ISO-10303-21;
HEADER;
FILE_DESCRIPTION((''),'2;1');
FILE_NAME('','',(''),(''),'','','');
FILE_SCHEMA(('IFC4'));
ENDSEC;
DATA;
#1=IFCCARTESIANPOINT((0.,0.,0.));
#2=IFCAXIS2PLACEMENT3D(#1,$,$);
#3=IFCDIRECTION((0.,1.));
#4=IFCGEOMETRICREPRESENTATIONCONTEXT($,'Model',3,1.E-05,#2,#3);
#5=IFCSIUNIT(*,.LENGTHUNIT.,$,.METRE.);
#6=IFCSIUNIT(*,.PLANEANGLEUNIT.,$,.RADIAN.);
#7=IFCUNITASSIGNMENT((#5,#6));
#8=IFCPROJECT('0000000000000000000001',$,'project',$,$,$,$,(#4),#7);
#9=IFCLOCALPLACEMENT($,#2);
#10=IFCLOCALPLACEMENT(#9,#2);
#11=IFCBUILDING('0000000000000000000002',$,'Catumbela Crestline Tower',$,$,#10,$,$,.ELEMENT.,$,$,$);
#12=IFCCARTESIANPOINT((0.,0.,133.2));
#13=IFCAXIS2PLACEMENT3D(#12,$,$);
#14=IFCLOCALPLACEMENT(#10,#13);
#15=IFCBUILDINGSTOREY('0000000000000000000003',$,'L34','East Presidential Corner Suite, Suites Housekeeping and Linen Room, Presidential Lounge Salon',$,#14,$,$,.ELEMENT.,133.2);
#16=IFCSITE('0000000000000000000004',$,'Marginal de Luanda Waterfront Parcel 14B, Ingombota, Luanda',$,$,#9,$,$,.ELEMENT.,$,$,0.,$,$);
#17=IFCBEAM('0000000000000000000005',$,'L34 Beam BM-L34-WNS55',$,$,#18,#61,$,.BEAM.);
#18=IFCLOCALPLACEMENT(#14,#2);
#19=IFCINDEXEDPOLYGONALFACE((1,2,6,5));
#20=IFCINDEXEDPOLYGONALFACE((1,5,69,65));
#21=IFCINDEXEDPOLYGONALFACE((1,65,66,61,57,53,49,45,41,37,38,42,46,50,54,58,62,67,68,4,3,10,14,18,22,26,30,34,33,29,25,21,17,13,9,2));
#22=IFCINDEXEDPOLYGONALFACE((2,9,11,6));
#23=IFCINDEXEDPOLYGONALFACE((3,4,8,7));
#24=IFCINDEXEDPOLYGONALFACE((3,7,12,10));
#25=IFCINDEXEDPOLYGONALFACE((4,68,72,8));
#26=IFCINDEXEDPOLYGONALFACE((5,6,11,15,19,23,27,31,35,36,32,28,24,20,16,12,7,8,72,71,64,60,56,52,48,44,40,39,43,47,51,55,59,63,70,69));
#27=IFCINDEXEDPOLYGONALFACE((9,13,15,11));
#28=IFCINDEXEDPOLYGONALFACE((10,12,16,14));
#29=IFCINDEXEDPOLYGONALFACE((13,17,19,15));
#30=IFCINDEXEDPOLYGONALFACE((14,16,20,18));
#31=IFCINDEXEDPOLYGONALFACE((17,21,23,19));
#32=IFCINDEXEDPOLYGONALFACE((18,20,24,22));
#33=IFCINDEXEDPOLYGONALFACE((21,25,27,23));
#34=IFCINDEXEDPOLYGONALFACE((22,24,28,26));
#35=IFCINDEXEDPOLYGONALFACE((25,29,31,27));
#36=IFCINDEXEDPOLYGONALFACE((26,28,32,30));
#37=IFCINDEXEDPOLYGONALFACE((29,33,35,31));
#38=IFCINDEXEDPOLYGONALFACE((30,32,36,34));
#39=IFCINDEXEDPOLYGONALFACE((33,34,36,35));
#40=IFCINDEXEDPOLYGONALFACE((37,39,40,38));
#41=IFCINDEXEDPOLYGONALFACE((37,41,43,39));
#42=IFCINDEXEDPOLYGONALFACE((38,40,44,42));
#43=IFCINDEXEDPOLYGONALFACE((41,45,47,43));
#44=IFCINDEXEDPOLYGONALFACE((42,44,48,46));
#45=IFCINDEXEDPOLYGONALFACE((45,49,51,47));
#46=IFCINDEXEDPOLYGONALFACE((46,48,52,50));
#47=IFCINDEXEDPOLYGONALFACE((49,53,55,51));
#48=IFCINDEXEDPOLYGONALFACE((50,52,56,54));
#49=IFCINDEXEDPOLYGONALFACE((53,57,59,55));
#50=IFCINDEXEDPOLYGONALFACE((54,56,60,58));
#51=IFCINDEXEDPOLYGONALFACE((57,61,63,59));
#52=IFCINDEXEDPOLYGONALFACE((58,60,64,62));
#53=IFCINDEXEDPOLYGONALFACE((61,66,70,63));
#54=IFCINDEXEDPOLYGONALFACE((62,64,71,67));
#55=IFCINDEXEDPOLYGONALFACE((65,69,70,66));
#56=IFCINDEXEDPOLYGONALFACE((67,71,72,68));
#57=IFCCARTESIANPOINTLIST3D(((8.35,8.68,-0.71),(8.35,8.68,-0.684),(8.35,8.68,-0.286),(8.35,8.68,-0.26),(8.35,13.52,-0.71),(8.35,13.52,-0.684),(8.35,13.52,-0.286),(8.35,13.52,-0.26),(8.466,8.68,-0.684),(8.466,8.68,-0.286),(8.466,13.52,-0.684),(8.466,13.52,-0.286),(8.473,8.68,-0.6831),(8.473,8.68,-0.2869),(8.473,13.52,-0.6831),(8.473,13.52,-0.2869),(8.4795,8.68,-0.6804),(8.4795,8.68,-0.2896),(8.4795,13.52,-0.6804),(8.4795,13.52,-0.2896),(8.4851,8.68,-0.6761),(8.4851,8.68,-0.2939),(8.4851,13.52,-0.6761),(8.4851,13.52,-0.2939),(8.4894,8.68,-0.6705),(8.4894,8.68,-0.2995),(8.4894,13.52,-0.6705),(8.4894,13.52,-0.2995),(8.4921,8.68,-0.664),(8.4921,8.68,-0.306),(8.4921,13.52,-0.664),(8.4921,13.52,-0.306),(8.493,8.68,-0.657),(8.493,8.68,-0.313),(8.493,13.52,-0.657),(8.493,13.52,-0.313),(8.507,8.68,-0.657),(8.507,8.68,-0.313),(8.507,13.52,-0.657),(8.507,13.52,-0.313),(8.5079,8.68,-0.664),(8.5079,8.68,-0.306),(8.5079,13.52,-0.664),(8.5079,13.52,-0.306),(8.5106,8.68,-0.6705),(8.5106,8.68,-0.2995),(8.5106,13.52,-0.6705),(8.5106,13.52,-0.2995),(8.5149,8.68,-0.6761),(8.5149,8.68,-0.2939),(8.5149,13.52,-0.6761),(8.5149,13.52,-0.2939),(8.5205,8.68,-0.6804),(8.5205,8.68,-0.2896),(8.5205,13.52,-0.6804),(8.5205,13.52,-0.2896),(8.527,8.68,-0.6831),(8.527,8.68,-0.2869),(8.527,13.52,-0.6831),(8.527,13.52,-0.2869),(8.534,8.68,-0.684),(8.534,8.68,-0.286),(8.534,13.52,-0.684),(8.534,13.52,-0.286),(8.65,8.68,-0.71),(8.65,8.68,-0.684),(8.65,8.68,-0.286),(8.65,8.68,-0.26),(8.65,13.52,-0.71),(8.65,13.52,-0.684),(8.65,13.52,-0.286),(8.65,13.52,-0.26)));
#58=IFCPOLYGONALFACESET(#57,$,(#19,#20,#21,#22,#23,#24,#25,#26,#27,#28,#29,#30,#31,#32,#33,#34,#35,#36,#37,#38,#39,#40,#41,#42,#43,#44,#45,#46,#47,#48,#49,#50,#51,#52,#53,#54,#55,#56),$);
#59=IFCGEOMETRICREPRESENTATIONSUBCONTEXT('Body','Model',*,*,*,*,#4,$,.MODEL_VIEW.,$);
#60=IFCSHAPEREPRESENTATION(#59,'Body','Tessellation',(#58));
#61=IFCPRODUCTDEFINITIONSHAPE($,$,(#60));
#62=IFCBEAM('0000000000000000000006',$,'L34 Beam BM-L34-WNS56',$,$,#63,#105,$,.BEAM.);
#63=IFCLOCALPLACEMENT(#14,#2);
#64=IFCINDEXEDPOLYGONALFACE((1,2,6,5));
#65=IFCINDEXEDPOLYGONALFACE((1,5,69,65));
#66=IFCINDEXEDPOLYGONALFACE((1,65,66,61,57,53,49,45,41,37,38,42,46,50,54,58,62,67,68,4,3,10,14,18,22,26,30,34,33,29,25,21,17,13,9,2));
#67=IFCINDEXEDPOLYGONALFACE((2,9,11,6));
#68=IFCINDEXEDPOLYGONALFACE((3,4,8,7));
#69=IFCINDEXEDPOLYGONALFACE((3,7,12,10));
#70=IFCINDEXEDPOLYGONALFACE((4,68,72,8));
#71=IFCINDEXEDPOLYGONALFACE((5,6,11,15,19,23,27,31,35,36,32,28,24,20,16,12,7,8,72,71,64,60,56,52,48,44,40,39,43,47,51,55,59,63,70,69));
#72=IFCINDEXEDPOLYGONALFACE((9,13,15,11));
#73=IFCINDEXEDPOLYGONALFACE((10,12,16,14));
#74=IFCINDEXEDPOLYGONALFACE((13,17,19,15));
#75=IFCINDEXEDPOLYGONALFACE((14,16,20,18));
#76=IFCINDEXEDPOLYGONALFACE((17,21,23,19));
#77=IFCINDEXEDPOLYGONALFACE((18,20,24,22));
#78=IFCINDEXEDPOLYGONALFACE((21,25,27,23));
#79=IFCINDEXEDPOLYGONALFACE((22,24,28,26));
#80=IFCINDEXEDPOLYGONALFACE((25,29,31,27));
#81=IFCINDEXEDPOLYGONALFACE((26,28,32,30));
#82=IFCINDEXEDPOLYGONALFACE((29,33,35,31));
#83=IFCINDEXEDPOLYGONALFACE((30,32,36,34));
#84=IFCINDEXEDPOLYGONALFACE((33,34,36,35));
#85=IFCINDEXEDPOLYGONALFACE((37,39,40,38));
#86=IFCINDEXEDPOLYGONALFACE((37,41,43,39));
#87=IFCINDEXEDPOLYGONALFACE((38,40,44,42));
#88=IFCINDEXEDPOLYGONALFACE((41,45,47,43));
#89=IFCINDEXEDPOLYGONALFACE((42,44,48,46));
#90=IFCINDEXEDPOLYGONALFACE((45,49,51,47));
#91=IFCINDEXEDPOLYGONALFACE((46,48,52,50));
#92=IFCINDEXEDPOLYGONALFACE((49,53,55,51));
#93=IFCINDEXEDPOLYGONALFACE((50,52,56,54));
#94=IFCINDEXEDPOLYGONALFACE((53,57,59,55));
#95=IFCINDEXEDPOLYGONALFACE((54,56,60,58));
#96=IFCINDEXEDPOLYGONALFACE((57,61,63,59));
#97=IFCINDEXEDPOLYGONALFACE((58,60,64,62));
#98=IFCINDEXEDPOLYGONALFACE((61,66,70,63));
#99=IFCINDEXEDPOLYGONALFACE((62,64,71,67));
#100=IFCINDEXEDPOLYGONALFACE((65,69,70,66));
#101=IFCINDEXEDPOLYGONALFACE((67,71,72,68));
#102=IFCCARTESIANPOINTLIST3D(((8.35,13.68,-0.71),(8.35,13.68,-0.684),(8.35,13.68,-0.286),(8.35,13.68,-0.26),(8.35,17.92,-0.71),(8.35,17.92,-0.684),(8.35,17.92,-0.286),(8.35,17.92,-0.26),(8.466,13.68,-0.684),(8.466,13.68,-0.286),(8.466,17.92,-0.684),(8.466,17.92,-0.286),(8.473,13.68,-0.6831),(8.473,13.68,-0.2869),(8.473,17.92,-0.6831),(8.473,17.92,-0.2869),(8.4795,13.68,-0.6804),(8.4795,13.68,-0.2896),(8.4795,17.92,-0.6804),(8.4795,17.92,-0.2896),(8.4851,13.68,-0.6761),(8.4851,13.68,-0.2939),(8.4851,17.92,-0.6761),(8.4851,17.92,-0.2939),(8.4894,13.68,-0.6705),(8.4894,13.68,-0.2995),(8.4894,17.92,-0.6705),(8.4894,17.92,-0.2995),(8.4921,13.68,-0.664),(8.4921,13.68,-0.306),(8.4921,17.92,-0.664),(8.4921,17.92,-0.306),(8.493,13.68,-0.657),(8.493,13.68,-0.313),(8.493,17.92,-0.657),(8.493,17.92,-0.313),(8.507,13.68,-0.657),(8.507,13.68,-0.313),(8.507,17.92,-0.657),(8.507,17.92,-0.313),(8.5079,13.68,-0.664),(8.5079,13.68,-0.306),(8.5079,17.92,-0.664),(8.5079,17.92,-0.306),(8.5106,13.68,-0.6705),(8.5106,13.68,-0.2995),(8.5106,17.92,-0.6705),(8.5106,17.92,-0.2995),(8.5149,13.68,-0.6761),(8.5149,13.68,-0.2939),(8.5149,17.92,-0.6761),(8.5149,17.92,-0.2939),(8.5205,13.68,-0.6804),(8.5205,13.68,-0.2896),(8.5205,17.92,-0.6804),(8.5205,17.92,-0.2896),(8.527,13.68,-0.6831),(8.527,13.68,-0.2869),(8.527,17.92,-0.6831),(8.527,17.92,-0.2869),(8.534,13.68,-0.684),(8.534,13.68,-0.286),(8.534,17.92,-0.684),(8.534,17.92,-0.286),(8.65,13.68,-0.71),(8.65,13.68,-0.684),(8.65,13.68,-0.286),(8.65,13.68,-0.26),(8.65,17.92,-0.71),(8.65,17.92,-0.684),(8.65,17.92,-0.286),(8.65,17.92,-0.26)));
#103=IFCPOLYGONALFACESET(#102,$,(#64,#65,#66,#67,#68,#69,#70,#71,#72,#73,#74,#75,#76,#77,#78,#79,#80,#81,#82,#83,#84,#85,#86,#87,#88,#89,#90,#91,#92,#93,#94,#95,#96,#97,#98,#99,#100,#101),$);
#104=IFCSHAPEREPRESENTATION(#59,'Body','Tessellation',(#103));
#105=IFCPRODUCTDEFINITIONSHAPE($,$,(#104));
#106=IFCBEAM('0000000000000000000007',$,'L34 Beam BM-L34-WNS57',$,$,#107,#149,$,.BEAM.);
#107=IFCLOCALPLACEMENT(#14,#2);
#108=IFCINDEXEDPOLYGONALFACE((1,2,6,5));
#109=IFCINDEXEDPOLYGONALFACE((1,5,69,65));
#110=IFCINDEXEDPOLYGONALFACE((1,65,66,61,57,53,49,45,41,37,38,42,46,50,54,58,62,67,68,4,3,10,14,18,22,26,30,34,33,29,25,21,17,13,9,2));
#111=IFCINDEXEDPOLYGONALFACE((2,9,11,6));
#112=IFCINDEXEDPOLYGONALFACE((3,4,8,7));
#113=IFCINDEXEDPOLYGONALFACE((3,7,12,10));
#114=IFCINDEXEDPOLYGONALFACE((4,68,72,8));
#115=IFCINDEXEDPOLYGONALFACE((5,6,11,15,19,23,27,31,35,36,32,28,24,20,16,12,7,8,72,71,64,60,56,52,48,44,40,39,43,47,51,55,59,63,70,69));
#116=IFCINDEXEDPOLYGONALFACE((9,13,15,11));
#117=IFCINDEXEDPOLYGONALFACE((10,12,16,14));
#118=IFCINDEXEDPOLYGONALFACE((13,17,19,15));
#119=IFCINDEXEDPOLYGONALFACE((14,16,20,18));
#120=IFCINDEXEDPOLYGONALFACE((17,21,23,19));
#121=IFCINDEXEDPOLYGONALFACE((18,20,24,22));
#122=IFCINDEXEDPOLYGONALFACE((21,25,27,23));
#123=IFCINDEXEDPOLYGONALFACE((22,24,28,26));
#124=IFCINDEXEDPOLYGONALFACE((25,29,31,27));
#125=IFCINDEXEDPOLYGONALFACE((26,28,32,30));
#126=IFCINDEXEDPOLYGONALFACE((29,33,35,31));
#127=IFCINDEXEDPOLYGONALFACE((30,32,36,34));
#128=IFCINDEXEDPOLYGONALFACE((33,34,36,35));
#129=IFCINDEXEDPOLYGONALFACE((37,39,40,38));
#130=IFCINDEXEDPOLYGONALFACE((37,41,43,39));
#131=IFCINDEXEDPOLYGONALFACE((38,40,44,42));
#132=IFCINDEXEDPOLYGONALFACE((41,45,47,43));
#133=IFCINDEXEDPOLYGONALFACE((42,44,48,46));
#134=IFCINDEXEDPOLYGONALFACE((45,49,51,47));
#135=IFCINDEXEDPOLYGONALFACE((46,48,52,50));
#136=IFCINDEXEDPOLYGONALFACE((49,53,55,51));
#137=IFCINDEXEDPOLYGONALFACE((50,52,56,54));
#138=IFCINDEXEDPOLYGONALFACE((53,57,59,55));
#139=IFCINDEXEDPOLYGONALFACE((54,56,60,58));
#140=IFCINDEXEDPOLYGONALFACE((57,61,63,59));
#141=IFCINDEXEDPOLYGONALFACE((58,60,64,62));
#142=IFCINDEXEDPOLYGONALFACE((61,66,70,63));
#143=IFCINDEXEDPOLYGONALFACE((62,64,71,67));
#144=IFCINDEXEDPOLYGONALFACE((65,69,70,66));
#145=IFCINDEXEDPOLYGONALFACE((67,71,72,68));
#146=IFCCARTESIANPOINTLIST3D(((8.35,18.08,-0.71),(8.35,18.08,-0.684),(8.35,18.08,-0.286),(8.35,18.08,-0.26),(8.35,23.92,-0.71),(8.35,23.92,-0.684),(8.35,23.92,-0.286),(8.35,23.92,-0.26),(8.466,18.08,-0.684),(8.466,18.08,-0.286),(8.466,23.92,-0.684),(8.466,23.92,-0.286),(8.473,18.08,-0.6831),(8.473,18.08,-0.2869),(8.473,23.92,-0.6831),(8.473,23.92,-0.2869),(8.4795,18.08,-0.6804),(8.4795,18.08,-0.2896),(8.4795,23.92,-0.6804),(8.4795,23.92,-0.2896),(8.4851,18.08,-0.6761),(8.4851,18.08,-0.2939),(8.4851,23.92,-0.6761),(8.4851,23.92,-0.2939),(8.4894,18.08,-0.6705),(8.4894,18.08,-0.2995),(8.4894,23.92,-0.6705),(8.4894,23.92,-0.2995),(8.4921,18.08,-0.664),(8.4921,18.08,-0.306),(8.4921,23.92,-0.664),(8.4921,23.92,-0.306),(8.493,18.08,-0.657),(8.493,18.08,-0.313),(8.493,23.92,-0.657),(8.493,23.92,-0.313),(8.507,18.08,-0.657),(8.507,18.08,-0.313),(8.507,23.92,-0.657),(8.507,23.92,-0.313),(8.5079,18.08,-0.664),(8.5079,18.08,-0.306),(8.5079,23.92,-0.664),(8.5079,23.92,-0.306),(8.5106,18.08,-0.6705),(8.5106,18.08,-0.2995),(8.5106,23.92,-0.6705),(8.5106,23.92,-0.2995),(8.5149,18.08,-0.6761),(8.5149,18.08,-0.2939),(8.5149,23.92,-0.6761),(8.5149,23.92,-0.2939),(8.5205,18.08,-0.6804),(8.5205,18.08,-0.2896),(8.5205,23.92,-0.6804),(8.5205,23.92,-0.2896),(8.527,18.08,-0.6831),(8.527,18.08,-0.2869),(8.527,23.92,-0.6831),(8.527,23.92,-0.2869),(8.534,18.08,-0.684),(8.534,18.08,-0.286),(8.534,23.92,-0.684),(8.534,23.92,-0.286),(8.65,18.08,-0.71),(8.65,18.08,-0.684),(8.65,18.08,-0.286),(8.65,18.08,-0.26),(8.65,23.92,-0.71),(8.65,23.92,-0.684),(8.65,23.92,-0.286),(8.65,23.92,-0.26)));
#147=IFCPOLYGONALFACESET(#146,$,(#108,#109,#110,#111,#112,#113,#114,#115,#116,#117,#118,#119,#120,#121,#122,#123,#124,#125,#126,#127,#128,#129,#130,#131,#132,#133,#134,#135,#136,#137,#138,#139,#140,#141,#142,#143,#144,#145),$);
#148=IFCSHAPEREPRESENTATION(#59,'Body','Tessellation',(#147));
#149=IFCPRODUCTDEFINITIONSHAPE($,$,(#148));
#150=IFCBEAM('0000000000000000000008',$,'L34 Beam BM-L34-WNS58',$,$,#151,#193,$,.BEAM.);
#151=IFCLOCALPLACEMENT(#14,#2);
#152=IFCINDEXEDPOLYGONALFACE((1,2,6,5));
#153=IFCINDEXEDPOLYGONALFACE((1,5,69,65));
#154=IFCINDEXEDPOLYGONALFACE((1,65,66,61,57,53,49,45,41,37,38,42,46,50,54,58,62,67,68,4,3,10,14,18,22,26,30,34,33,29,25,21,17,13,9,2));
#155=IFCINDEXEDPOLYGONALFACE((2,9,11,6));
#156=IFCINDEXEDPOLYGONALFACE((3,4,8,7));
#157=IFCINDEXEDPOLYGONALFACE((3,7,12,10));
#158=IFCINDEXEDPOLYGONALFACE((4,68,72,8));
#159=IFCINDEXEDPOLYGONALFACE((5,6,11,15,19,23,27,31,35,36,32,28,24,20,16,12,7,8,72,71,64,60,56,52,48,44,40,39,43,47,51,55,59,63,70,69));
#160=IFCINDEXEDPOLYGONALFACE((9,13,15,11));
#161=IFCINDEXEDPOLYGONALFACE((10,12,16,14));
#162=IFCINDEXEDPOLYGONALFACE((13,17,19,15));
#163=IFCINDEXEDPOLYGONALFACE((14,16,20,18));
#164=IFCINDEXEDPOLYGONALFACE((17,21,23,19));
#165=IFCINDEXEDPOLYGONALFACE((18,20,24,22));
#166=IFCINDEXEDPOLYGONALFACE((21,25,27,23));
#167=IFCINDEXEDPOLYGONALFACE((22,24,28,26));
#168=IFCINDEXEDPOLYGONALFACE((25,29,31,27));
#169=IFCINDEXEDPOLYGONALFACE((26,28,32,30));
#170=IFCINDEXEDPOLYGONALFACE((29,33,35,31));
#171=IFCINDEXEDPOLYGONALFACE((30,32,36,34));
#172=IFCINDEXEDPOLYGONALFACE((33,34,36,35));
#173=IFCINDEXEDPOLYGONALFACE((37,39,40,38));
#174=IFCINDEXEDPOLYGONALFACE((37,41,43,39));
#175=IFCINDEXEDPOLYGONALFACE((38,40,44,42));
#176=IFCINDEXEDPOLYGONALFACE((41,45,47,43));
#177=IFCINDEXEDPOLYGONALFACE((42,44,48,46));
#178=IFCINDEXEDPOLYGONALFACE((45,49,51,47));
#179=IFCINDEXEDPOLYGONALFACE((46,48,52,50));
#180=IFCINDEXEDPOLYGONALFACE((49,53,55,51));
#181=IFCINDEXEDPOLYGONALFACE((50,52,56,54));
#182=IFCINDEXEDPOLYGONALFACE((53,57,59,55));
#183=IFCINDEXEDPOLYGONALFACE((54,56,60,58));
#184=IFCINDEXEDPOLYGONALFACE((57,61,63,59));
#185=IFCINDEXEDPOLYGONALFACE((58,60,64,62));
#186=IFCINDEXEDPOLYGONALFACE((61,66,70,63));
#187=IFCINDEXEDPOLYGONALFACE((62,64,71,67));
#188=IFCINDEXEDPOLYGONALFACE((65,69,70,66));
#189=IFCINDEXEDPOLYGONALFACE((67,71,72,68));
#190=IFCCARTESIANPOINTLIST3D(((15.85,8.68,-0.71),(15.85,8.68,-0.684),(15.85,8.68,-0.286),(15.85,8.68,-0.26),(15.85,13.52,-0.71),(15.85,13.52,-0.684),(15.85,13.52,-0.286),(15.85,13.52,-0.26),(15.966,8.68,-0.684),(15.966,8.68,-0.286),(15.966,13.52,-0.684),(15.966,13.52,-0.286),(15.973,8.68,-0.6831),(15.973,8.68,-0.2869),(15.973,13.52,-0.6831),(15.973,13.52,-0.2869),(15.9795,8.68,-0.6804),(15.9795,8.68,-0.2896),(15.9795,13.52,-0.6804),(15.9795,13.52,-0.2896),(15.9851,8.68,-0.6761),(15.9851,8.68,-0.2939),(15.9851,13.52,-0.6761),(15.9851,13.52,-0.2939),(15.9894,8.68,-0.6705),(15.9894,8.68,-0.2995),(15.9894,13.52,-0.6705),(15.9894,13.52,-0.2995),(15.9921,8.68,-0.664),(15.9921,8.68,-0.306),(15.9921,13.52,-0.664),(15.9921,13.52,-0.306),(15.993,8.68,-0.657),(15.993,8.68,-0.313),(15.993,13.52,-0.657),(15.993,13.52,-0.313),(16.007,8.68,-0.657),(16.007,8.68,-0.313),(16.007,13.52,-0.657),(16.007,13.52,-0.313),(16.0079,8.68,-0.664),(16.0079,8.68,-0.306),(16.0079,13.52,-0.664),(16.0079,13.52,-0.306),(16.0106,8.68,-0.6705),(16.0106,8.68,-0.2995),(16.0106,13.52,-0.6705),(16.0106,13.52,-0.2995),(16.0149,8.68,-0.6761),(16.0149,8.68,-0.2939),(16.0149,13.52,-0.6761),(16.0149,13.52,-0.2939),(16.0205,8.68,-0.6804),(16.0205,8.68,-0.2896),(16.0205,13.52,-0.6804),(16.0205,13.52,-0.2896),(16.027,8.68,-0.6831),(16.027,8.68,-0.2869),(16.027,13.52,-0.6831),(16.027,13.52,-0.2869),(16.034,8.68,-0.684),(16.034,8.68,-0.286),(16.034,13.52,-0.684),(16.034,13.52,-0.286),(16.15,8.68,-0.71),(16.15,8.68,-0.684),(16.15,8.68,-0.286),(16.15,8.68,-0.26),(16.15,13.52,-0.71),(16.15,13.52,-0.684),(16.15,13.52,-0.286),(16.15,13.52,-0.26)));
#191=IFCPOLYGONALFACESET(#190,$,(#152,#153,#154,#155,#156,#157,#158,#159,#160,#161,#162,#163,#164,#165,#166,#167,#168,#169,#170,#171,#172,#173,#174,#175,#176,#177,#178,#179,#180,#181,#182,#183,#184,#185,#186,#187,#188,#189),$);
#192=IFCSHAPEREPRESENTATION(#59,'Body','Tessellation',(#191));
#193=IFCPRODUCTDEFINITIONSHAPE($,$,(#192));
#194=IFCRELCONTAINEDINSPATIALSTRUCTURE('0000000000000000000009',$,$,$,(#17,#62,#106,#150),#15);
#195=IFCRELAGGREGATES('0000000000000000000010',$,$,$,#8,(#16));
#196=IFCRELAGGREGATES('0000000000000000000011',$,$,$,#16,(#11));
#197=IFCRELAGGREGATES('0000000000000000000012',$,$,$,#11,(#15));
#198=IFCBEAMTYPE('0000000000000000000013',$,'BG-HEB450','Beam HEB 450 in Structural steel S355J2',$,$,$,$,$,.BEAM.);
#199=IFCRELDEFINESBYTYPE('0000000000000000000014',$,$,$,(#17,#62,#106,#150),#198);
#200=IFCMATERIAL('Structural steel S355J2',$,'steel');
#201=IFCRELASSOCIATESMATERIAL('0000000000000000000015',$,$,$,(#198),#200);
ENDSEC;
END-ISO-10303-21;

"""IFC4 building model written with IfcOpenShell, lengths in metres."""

from ifc_helpers import new_model, si_unit, direction, frame, origin, origin_2d, place, context, subcontext, project, spatial, i_section, extrude, material, material_profile, profile_set, type_object, element, save


model = new_model("IFC4")

# Units and contexts
model_context = context("Model", 3, precision=1e-05, world=origin(), true_north=direction((0.0, 1.0)))
body_context = subcontext(model_context, "Body", "Model", "MODEL_VIEW")
ifc_project = project(units=[si_unit("LENGTHUNIT", "METRE"), si_unit("PLANEANGLEUNIT", "RADIAN")], contexts=[model_context])

# Site, building, storey
site_placement = place(None, origin())
site = spatial("IfcSite", under=ifc_project, at=site_placement, Name="Marginal de Luanda Waterfront Parcel 14B, Ingombota, Luanda", CompositionType="ELEMENT", RefElevation=0.0)
building_placement = place(site_placement, origin())
building = spatial("IfcBuilding", under=site, at=building_placement, Name="Catumbela Crestline Tower", CompositionType="ELEMENT")
storey_placement = place(building_placement, frame((0.0, 0.0, 133.2)))
storey = spatial("IfcBuildingStorey", under=building, at=storey_placement, Name="L34", Description="East Presidential Corner Suite, Suites Housekeeping and Linen Room, Presidential Lounge Salon", CompositionType="ELEMENT", Elevation=133.2)

# Beams
ifc_material_1 = material(Name="Structural steel S355J2", Category="steel")
ifc_material_profile_1 = material_profile(ifc_material_1, i_section(OverallWidth=0.3, OverallDepth=0.45, WebThickness=0.014, FlangeThickness=0.026, FilletRadius=0.027, at=origin_2d()), Name="HEB 450")
ifc_profile_set_1 = profile_set([ifc_material_profile_1], Name="Structural steel S355J2")
beam_type_1 = type_object("IfcBeamType", Name="BG-HEB450", Description="Beam HEB 450 in Structural steel S355J2", PredefinedType="BEAM", material=ifc_profile_set_1)
beam_1_placement = place(storey_placement, frame((8.5, 8.68, -0.485), z_axis=(0.0, 1.0, 0.0), x_axis=(-1.0, 0.0, 0.0)))
element("IfcBeam", 1, at=beam_1_placement, inside=storey, type_object=beam_type_1, Name="L34 Beam BM-L34-WNS55", PredefinedType="BEAM", context=body_context, shape_type="SweptSolid", body=[
    extrude(i_section(OverallWidth=0.3, OverallDepth=0.45, WebThickness=0.014, FlangeThickness=0.026, FilletRadius=0.027, at=origin_2d()), origin(), (0.0, 0.0, 1.0), 4.84),
])
beam_2_placement = place(storey_placement, frame((8.5, 13.68, -0.485), z_axis=(0.0, 1.0, 0.0), x_axis=(-1.0, 0.0, 0.0)))
element("IfcBeam", 2, at=beam_2_placement, inside=storey, type_object=beam_type_1, Name="L34 Beam BM-L34-WNS56", PredefinedType="BEAM", context=body_context, shape_type="SweptSolid", body=[
    extrude(i_section(OverallWidth=0.3, OverallDepth=0.45, WebThickness=0.014, FlangeThickness=0.026, FilletRadius=0.027, at=origin_2d()), origin(), (0.0, 0.0, 1.0), 4.24),
])
beam_3_placement = place(storey_placement, frame((8.5, 18.08, -0.485), z_axis=(0.0, 1.0, 0.0), x_axis=(-1.0, 0.0, 0.0)))
element("IfcBeam", 3, at=beam_3_placement, inside=storey, type_object=beam_type_1, Name="L34 Beam BM-L34-WNS57", PredefinedType="BEAM", context=body_context, shape_type="SweptSolid", body=[
    extrude(i_section(OverallWidth=0.3, OverallDepth=0.45, WebThickness=0.014, FlangeThickness=0.026, FilletRadius=0.027, at=origin_2d()), origin(), (0.0, 0.0, 1.0), 5.84),
])
beam_4_placement = place(storey_placement, frame((16.0, 8.68, -0.485), z_axis=(0.0, 1.0, 0.0), x_axis=(-1.0, 0.0, 0.0)))
element("IfcBeam", 4, at=beam_4_placement, inside=storey, type_object=beam_type_1, Name="L34 Beam BM-L34-WNS58", PredefinedType="BEAM", context=body_context, shape_type="SweptSolid", body=[
    extrude(i_section(OverallWidth=0.3, OverallDepth=0.45, WebThickness=0.014, FlangeThickness=0.026, FilletRadius=0.027, at=origin_2d()), origin(), (0.0, 0.0, 1.0), 4.84),
])

save(model, "model.ifc")
